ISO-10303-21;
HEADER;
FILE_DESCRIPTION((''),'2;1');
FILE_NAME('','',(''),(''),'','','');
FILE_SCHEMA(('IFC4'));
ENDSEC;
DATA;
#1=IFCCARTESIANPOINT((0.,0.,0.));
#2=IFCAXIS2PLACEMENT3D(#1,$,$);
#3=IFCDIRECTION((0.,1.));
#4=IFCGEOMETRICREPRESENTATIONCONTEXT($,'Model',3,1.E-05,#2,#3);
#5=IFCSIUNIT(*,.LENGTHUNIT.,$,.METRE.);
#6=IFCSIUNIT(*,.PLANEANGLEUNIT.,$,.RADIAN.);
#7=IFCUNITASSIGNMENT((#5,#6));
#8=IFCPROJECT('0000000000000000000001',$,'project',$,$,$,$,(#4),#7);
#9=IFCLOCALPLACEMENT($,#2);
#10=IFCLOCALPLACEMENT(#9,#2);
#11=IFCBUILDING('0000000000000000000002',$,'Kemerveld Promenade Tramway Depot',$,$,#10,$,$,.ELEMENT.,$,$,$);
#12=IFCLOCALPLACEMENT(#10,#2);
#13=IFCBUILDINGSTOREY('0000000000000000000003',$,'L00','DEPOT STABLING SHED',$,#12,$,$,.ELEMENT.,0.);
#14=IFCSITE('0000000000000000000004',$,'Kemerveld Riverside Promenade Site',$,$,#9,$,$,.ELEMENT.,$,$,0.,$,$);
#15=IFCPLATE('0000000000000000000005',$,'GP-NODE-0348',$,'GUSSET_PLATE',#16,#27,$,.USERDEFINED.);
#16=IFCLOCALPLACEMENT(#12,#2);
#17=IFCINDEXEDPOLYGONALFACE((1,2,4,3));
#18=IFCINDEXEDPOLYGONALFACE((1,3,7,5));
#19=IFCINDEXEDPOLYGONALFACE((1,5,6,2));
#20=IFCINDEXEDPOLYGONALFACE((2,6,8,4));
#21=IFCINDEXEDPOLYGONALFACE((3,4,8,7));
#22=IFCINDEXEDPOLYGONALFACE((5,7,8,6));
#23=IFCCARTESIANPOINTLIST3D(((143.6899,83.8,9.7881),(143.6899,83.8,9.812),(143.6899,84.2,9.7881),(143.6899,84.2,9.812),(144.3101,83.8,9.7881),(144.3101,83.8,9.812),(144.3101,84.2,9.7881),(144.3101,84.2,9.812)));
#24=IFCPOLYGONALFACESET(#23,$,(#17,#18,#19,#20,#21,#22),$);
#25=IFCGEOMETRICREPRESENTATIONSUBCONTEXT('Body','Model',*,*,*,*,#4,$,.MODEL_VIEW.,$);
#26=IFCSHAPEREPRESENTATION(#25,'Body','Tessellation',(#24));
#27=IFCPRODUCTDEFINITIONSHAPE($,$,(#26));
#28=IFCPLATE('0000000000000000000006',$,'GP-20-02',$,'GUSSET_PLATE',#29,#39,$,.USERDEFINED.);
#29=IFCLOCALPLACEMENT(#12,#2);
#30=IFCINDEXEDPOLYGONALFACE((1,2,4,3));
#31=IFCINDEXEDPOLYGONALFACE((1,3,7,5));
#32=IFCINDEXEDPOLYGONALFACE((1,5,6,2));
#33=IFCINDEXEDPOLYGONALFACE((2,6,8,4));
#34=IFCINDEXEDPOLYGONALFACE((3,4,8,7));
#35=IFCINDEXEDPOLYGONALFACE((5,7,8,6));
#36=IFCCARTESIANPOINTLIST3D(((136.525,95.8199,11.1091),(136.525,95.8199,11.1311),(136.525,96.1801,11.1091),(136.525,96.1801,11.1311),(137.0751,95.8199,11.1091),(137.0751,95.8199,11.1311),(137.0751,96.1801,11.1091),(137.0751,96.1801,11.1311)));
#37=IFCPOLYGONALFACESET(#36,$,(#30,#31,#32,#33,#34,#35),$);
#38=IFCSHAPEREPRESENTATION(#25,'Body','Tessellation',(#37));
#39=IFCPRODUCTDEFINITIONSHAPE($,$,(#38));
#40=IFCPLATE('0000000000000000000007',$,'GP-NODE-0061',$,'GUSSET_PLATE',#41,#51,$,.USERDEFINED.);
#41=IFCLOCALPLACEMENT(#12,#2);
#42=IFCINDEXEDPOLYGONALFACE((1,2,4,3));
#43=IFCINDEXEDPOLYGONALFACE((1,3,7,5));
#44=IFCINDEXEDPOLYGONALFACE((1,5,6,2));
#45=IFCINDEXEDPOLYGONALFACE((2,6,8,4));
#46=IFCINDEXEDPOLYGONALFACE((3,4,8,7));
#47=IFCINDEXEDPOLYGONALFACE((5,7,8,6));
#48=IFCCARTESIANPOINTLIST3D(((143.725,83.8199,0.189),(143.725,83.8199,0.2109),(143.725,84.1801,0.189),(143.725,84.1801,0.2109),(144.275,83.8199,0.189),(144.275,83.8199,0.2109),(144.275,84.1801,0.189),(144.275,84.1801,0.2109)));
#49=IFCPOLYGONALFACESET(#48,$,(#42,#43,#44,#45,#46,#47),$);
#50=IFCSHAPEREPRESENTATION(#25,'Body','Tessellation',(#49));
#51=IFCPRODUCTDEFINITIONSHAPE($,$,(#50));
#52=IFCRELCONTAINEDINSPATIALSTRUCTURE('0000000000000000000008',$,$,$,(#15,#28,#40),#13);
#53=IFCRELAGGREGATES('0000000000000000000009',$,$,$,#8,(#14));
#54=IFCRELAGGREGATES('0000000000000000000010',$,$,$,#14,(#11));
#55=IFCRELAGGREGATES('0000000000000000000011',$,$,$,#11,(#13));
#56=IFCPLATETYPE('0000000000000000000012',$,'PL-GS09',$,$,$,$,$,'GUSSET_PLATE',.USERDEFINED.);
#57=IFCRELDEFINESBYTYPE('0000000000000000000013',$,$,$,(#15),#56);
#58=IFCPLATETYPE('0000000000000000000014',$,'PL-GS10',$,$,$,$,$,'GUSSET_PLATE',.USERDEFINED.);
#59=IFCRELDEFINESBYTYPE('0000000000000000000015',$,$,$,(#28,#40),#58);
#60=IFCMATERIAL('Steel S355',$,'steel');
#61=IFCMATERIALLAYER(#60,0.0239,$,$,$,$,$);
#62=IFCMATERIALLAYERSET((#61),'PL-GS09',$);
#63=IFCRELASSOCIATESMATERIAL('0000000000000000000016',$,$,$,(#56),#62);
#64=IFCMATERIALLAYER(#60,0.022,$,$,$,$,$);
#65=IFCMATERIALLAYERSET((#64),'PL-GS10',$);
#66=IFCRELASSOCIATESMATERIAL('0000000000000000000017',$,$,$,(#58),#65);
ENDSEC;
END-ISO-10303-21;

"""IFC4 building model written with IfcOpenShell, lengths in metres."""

from ifc_helpers import new_model, si_unit, direction, frame, origin, origin_2d, place, context, subcontext, project, spatial, rectangle, extrude, material, layer, layer_set, type_object, element, save


model = new_model("IFC4")

# Units and contexts
model_context = context("Model", 3, precision=1e-05, world=origin(), true_north=direction((0.0, 1.0)))
body_context = subcontext(model_context, "Body", "Model", "MODEL_VIEW")
ifc_project = project(units=[si_unit("LENGTHUNIT", "METRE"), si_unit("PLANEANGLEUNIT", "RADIAN")], contexts=[model_context])

# Site, building, storey
site_placement = place(None, origin())
site = spatial("IfcSite", under=ifc_project, at=site_placement, Name="Kemerveld Riverside Promenade Site", CompositionType="ELEMENT", RefElevation=0.0)
building_placement = place(site_placement, origin())
building = spatial("IfcBuilding", under=site, at=building_placement, Name="Kemerveld Promenade Tramway Depot", CompositionType="ELEMENT")
storey_placement = place(building_placement, origin())
storey = spatial("IfcBuildingStorey", under=building, at=storey_placement, Name="L00", Description="DEPOT STABLING SHED", CompositionType="ELEMENT", Elevation=0.0)

# Shared definitions
ifc_material_1 = material(Name="Steel S355", Category="steel")

# Plates
ifc_layer_1 = layer(ifc_material_1, 0.0239)
ifc_layer_set_1 = layer_set([ifc_layer_1], Name="PL-GS09")
plate_type_1 = type_object("IfcPlateType", Name="PL-GS09", ElementType="GUSSET_PLATE", PredefinedType="USERDEFINED", material=ifc_layer_set_1)
plate_1_placement = place(storey_placement, frame((144.0, 84.0, 9.7881), z_axis=(0.0, 0.0, 1.0), x_axis=(1.0, 0.0, 0.0)))
element("IfcPlate", 1, at=plate_1_placement, inside=storey, type_object=plate_type_1, Name="GP-NODE-0348", ObjectType="GUSSET_PLATE", PredefinedType="USERDEFINED", context=body_context, shape_type="SweptSolid", body=[
    extrude(rectangle(XDim=0.6201, YDim=0.3999, at=origin_2d()), origin(), (0.0, 0.0, 1.0), 0.0239),
])
ifc_layer_2 = layer(ifc_material_1, 0.022)
ifc_layer_set_2 = layer_set([ifc_layer_2], Name="PL-GS10")
plate_type_2 = type_object("IfcPlateType", Name="PL-GS10", ElementType="GUSSET_PLATE", PredefinedType="USERDEFINED", material=ifc_layer_set_2)
for number, where, z_axis, x_axis, name in (
    (2, (136.8, 96.0, 11.1091), (0.0, 0.0, 1.0), (1.0, 0.0, 0.0), "GP-20-02"),
    (3, (144.0, 84.0, 0.189), (0.0, 0.0, 1.0), (1.0, 0.0, 0.0), "GP-NODE-0061"),
):
    element("IfcPlate", number, at=place(storey_placement, frame(where, z_axis=z_axis, x_axis=x_axis)), inside=storey, type_object=plate_type_2, Name=name, ObjectType="GUSSET_PLATE", PredefinedType="USERDEFINED", context=body_context, shape_type="SweptSolid", body=[
        extrude(rectangle(XDim=0.55, YDim=0.3601, at=origin_2d()), origin(), (0.0, 0.0, 1.0), 0.022),
    ])

save(model, "model.ifc")
